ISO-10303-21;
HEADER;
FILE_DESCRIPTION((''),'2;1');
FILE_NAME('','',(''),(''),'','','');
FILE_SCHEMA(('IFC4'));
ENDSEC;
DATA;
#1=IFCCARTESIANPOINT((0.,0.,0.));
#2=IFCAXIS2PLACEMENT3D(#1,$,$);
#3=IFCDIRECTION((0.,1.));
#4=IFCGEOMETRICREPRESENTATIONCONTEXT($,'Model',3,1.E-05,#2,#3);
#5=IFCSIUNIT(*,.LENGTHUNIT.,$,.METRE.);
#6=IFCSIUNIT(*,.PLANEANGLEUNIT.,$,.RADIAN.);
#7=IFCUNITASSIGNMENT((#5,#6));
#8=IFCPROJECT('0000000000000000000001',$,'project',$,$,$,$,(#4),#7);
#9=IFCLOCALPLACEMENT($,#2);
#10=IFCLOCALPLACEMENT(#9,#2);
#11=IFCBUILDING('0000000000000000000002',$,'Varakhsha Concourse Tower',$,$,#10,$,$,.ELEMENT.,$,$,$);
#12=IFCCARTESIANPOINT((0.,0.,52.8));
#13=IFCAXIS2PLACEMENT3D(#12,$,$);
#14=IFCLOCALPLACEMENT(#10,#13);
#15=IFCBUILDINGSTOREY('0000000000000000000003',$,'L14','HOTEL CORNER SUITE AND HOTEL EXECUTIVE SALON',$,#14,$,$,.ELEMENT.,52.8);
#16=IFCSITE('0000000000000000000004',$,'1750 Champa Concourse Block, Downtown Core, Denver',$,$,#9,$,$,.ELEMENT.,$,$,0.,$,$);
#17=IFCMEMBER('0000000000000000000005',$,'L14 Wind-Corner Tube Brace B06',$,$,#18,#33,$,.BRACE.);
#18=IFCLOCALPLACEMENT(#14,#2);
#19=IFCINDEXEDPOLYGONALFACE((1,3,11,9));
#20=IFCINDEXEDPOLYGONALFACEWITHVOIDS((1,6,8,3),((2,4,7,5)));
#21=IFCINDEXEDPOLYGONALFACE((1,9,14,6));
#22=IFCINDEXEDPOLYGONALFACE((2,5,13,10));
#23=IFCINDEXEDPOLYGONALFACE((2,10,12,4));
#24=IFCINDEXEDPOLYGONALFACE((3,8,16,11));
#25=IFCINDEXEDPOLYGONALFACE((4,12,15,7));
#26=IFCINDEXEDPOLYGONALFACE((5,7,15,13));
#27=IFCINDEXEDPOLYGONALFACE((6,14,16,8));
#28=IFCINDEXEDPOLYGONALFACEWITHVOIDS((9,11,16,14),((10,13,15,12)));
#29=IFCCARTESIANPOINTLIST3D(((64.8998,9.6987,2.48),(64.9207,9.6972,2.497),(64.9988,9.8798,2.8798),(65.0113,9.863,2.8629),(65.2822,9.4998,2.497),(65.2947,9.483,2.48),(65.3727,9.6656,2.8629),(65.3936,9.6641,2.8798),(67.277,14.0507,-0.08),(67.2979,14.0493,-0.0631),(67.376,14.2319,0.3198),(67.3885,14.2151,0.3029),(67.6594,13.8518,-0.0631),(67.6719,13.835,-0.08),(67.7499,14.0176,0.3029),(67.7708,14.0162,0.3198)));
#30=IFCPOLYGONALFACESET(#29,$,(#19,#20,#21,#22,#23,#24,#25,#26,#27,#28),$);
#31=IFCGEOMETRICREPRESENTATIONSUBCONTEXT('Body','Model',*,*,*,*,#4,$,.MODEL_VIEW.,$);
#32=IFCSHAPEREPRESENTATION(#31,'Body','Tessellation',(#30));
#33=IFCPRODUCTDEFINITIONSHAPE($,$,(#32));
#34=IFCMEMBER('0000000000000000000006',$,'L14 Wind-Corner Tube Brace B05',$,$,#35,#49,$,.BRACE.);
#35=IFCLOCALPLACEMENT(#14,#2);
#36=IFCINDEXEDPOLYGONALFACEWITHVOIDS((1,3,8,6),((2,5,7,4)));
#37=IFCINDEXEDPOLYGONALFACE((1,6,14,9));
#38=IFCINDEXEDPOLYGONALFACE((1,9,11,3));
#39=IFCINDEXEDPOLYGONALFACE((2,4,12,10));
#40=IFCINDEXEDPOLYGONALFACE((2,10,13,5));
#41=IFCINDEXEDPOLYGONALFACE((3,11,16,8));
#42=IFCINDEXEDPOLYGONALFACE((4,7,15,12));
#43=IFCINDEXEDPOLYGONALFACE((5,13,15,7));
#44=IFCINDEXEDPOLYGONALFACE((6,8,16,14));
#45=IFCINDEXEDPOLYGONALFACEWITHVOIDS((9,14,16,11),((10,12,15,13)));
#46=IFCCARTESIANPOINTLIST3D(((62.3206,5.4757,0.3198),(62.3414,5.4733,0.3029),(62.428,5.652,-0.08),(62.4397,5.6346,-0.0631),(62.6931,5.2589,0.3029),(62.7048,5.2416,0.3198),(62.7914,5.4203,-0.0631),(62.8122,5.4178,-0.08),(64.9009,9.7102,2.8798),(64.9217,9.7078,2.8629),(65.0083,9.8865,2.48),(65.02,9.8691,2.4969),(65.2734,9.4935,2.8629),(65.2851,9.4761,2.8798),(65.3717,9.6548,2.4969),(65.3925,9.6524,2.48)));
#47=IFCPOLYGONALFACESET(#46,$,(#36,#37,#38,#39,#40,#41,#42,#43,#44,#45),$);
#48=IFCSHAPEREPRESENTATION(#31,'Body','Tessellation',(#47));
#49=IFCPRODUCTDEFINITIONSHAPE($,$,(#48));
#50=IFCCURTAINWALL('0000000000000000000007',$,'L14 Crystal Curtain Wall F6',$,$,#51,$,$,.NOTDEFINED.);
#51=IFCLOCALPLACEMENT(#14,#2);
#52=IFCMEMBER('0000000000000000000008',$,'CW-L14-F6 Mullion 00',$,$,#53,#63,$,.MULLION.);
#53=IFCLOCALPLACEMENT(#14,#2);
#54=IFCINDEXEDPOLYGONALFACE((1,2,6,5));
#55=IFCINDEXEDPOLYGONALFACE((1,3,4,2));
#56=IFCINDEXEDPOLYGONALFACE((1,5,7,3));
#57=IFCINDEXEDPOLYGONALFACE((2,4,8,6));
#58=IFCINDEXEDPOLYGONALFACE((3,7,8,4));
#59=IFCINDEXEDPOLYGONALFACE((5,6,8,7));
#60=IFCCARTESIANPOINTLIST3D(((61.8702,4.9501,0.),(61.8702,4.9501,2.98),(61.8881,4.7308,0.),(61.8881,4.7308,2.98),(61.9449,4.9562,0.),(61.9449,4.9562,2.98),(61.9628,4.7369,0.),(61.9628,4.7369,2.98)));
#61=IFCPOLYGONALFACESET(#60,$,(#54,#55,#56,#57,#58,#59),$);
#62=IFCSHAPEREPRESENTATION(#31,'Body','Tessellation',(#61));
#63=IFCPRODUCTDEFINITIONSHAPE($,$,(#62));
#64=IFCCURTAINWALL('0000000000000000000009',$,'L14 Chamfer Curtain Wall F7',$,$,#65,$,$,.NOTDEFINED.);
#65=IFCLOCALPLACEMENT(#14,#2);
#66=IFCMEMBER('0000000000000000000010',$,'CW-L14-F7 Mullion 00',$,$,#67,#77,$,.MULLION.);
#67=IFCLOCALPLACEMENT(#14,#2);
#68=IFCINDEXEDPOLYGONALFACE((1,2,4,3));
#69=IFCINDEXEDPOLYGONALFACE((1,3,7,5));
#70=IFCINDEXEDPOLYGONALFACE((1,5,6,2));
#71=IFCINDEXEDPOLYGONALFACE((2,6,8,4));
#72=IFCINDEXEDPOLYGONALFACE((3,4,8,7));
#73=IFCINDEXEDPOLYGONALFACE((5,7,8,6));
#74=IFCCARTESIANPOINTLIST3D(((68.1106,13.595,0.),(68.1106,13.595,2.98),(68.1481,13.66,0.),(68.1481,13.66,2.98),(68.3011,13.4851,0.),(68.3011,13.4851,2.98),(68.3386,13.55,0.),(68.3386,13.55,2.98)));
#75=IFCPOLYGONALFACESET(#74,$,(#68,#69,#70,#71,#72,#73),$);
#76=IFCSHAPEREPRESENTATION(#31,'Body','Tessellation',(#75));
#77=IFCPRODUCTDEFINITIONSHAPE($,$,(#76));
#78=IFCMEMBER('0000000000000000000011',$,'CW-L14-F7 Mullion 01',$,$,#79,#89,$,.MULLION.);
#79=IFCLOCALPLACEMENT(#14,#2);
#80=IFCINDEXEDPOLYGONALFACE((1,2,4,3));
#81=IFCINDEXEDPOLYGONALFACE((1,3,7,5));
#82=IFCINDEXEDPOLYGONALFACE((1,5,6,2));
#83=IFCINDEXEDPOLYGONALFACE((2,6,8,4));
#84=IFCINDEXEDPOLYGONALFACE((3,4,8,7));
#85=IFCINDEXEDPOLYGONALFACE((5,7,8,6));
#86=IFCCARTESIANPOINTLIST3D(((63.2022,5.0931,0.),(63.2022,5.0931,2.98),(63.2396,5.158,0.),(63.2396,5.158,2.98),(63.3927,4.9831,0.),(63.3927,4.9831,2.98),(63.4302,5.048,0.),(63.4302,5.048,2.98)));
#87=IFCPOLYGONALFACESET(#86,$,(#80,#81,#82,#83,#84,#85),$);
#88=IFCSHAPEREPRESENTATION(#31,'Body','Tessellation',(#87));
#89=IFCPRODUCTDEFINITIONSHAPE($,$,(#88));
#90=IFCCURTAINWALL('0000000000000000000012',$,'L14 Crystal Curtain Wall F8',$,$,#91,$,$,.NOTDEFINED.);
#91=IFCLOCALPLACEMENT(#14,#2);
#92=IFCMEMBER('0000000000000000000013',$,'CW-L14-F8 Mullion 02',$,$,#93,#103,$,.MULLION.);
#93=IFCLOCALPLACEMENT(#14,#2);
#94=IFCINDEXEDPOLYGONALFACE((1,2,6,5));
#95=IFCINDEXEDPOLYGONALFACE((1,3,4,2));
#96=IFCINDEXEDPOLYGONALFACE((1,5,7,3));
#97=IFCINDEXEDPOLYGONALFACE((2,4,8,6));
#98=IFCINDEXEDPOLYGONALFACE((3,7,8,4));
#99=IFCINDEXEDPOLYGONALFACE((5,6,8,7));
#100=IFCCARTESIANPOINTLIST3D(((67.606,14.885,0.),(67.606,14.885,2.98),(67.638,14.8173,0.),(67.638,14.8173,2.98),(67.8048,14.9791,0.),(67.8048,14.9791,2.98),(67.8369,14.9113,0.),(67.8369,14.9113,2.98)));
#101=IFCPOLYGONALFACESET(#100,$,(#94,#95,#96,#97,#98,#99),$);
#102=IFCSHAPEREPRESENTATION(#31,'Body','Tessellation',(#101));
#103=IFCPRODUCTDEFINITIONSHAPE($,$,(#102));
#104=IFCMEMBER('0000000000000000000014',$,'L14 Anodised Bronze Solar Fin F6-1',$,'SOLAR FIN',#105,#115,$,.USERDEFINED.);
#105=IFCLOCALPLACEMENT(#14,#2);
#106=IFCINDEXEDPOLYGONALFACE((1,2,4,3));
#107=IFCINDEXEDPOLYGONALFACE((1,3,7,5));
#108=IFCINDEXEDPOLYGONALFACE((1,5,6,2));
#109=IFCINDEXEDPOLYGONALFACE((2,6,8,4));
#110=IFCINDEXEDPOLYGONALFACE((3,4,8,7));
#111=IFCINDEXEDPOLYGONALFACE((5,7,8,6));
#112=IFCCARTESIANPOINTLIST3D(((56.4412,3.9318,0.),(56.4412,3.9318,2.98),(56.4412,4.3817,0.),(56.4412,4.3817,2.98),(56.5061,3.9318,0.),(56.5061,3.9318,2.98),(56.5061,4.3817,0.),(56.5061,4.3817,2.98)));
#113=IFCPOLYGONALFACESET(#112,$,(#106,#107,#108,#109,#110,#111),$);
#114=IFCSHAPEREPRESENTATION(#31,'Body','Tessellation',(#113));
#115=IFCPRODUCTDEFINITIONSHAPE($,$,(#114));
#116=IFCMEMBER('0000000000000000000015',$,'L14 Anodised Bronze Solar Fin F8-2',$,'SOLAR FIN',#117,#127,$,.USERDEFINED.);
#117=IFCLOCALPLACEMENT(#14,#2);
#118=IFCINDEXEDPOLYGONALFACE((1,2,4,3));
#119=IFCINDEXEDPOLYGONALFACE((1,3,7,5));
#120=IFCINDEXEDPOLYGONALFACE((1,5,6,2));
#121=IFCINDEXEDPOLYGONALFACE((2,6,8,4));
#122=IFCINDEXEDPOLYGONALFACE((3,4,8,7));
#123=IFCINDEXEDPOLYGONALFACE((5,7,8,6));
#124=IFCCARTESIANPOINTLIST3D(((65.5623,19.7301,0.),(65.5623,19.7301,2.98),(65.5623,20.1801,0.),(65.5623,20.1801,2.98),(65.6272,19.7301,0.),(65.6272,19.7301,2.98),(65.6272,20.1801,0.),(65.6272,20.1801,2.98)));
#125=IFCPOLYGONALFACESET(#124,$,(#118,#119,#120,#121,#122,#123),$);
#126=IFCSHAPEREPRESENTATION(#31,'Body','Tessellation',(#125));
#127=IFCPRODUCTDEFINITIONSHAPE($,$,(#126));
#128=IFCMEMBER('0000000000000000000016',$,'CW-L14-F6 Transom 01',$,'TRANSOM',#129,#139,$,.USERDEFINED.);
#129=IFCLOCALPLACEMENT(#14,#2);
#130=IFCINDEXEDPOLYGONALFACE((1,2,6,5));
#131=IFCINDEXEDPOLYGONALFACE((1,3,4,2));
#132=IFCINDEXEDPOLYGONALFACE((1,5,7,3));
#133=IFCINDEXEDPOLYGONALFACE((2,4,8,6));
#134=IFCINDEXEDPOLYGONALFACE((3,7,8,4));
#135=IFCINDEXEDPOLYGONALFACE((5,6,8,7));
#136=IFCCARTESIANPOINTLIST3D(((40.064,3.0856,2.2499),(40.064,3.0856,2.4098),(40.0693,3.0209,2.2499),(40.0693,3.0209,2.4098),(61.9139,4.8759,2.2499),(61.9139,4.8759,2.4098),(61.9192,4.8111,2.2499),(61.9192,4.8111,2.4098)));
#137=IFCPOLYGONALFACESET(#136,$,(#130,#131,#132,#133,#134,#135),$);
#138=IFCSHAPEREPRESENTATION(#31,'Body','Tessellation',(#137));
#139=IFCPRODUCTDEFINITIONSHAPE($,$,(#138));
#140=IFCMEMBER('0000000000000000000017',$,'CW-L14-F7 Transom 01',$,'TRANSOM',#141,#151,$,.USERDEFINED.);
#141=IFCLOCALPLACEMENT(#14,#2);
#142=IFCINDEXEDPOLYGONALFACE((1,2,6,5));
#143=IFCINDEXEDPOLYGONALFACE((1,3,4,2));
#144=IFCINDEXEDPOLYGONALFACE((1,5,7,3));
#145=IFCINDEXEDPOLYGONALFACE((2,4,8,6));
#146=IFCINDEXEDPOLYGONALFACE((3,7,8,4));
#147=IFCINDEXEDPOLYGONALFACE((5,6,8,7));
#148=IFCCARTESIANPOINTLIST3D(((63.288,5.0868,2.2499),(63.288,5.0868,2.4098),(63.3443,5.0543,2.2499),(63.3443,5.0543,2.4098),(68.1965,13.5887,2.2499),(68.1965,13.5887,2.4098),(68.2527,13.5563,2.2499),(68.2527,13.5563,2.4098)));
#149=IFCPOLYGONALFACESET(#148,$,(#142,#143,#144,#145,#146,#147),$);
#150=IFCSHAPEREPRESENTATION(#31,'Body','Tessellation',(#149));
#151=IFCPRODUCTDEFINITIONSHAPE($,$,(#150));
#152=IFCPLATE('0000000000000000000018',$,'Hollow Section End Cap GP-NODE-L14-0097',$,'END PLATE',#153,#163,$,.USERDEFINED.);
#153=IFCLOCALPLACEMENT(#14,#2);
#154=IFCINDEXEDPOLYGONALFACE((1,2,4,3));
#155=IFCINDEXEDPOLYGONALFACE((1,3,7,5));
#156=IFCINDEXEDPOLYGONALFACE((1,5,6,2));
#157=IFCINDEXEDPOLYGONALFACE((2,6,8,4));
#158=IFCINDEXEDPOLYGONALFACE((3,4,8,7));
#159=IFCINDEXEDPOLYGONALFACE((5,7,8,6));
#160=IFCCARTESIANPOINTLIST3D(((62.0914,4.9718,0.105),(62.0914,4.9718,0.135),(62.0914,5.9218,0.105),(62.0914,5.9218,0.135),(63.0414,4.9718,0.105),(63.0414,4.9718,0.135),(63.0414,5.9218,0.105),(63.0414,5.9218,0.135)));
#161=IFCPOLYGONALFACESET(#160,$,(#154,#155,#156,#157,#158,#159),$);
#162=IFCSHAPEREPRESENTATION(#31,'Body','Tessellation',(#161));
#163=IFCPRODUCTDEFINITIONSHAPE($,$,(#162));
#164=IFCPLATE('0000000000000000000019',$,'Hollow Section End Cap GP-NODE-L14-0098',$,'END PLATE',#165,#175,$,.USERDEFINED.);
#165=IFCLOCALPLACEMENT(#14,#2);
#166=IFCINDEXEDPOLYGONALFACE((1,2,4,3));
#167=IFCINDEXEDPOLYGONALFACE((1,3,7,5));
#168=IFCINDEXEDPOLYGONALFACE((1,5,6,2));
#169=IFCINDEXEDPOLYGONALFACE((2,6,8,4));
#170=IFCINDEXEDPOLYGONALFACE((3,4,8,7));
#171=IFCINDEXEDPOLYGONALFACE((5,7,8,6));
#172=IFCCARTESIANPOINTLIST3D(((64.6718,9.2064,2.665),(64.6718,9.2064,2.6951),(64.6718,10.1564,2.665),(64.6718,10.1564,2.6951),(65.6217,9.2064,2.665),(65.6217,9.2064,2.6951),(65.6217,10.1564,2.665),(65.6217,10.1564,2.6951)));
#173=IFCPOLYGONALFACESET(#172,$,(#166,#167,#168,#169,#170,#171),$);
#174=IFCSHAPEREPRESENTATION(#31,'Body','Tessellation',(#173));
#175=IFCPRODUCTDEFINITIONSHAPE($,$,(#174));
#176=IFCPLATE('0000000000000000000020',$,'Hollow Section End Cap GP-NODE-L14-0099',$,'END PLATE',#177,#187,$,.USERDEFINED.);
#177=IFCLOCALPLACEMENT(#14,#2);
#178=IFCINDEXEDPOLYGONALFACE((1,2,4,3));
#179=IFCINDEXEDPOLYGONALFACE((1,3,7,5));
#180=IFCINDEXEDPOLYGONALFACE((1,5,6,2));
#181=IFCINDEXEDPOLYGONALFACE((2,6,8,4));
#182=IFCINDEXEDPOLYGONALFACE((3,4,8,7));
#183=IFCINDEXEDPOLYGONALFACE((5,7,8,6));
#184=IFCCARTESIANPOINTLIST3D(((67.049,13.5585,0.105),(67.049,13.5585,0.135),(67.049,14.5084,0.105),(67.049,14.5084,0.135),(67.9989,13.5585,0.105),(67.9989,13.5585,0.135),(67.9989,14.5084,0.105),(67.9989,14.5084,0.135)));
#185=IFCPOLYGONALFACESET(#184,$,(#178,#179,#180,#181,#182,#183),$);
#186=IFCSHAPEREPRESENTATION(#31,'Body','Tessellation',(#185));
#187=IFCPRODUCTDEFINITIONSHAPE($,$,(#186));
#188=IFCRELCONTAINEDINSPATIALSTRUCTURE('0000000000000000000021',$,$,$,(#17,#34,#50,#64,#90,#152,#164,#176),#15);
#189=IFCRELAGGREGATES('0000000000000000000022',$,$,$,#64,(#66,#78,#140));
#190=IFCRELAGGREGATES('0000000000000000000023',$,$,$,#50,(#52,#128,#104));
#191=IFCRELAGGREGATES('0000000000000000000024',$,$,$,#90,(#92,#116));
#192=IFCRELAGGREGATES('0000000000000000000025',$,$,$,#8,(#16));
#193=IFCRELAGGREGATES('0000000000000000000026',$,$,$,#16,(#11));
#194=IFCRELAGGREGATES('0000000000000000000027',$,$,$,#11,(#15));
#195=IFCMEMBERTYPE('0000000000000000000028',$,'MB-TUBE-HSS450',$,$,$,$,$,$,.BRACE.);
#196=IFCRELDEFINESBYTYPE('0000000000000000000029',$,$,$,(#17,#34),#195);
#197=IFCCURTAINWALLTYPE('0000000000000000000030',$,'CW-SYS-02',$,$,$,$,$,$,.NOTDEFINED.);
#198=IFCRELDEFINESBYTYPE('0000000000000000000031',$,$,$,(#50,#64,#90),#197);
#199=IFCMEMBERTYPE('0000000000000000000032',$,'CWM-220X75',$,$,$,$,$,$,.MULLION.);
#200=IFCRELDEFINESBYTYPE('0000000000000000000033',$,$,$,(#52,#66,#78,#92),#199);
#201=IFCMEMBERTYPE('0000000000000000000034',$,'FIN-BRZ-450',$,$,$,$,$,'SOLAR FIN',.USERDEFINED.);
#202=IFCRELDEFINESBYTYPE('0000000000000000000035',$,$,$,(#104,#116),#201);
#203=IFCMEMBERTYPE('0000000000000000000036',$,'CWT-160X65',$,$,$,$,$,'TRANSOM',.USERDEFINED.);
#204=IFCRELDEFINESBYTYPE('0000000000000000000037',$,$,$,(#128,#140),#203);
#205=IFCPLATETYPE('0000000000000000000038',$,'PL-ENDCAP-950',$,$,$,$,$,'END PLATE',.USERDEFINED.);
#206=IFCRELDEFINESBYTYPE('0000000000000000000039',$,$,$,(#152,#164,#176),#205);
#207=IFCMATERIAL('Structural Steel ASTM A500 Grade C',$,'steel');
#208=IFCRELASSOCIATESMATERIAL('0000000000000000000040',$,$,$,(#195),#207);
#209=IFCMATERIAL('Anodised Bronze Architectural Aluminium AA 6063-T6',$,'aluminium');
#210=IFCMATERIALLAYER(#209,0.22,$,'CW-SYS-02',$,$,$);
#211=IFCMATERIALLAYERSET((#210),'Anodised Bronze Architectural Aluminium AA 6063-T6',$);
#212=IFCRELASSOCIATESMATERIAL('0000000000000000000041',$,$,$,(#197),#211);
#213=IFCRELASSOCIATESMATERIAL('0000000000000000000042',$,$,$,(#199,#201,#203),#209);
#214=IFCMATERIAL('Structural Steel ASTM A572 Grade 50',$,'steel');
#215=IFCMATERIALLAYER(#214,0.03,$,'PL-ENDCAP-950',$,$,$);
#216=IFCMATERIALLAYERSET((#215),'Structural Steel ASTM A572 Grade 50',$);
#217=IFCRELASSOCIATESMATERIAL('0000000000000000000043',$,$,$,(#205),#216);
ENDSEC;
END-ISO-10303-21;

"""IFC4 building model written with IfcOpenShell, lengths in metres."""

from ifc_helpers import new_model, si_unit, direction, frame, origin, origin_2d, place, context, subcontext, project, spatial, rectangle, hollow_rectangle, extrude, source, transform, mapped, material, layer, layer_set, material_profile, profile_set, type_object, type_shapes, element, aggregate, save


model = new_model("IFC4")

# Units and contexts
model_context = context("Model", 3, precision=1e-05, world=origin(), true_north=direction((0.0, 1.0)))
body_context = subcontext(model_context, "Body", "Model", "MODEL_VIEW")
ifc_project = project(units=[si_unit("LENGTHUNIT", "METRE"), si_unit("PLANEANGLEUNIT", "RADIAN")], contexts=[model_context])

# Site, building, storey
site_placement = place(None, origin())
site = spatial("IfcSite", under=ifc_project, at=site_placement, Name="1750 Champa Concourse Block, Downtown Core, Denver", CompositionType="ELEMENT", RefElevation=0.0)
building_placement = place(site_placement, origin())
building = spatial("IfcBuilding", under=site, at=building_placement, Name="Varakhsha Concourse Tower", CompositionType="ELEMENT")
storey_placement = place(building_placement, frame((0.0, 0.0, 52.8)))
storey = spatial("IfcBuildingStorey", under=building, at=storey_placement, Name="L14", Description="HOTEL CORNER SUITE AND HOTEL EXECUTIVE SALON", CompositionType="ELEMENT", Elevation=52.8)

# Shared definitions
ifc_material_1 = material(Name="Structural Steel ASTM A572 Grade 50", Category="steel")

# Members
ifc_material_2 = material(Name="Structural Steel ASTM A500 Grade C", Category="steel")
ifc_material_profile_1 = material_profile(ifc_material_2, hollow_rectangle(XDim=0.45, YDim=0.45, WallThickness=0.019, at=origin_2d()), Name="HSS 450x450x19")
ifc_profile_set_1 = profile_set([ifc_material_profile_1], Name="Structural Steel ASTM A500 Grade C")
member_type_1 = type_object("IfcMemberType", Name="MB-TUBE-HSS450", PredefinedType="BRACE", material=ifc_profile_set_1)
shared_shape_1 = source(origin(), body_context, "Body", "SweptSolid", [
    extrude(hollow_rectangle(XDim=0.45, YDim=0.45, WallThickness=0.019, at=origin_2d()), origin(), (0.0, 0.0, 1.0), 5.5808),
])
member_1_placement = place(storey_placement, frame((67.5239, 14.0334, 0.1199), z_axis=(-0.42596, -0.779826, 0.458726), x_axis=(0.877611, -0.479373, 0.0)))
element("IfcMember", 1, at=member_1_placement, inside=storey, type_object=member_type_1, Name="L14 Wind-Corner Tube Brace B06", PredefinedType="BRACE", context=body_context, shape_type="MappedRepresentation", body=[
    mapped(shared_shape_1, transform((0.0, 0.0, 0.0), scale=1.0)),
])
shared_shape_2 = source(origin(), body_context, "Body", "SweptSolid", [
    extrude(hollow_rectangle(XDim=0.45, YDim=0.45, WallThickness=0.019, at=origin_2d()), origin(), (0.0, 0.0, 1.0), 5.5806),
])
type_shapes(member_type_1, [shared_shape_1, shared_shape_2])
member_2_placement = place(storey_placement, frame((62.5664, 5.4468, 0.1199), z_axis=(0.462367, 0.7588, 0.458736), x_axis=(-0.853954, 0.520348, 0.0)))
element("IfcMember", 2, at=member_2_placement, inside=storey, type_object=member_type_1, Name="L14 Wind-Corner Tube Brace B05", PredefinedType="BRACE", context=body_context, shape_type="MappedRepresentation", body=[
    mapped(shared_shape_2, transform((0.0, 0.0, 0.0), scale=1.0)),
])

# Curtain wall, member
ifc_material_3 = material(Name="Anodised Bronze Architectural Aluminium AA 6063-T6", Category="aluminium")
ifc_layer_1 = layer(ifc_material_3, 0.22, Name="CW-SYS-02")
ifc_layer_set_1 = layer_set([ifc_layer_1], Name="Anodised Bronze Architectural Aluminium AA 6063-T6")
curtain_wall_type = type_object("IfcCurtainWallType", Name="CW-SYS-02", PredefinedType="NOTDEFINED", material=ifc_layer_set_1)
curtain_wall_1_placement = place(storey_placement, origin())
curtain_wall_1 = element("IfcCurtainWall", 3, at=curtain_wall_1_placement, inside=storey, type_object=curtain_wall_type, Name="L14 Crystal Curtain Wall F6", PredefinedType="NOTDEFINED")
ifc_material_profile_2 = material_profile(ifc_material_3, rectangle(XDim=0.075, YDim=0.22, at=origin_2d()), Name="CWM-220X75")
ifc_profile_set_2 = profile_set([ifc_material_profile_2], Name="Anodised Bronze Architectural Aluminium AA 6063-T6")
member_type_2 = type_object("IfcMemberType", Name="CWM-220X75", PredefinedType="MULLION", material=ifc_profile_set_2)
shared_shape_3 = source(origin(), body_context, "Body", "SweptSolid", [
    extrude(rectangle(XDim=0.075, YDim=0.22, at=origin_2d()), origin(), (0.0, 0.0, 1.0), 2.98),
])
type_shapes(member_type_2, [shared_shape_3])
member_3_placement = place(storey_placement, frame((61.9165, 4.8435, 0.0), z_axis=(0.0, 0.0, 1.0), x_axis=(-0.99666, -0.081664, 0.0)))
member_3 = element("IfcMember", 4, at=member_3_placement, type_object=member_type_2, Name="CW-L14-F6 Mullion 00", PredefinedType="MULLION", context=body_context, shape_type="MappedRepresentation", body=[
    mapped(shared_shape_3, transform((0.0, 0.0, 0.0), scale=1.0)),
])

# Curtain wall, members
curtain_wall_2_placement = place(storey_placement, origin())
curtain_wall_2 = element("IfcCurtainWall", 5, at=curtain_wall_2_placement, inside=storey, type_object=curtain_wall_type, Name="L14 Chamfer Curtain Wall F7", PredefinedType="NOTDEFINED")
member_4_placement = place(storey_placement, frame((68.2246, 13.5725, 0.0), z_axis=(0.0, 0.0, 1.0), x_axis=(-0.499994, -0.866029, 0.0)))
member_4 = element("IfcMember", 6, at=member_4_placement, type_object=member_type_2, Name="CW-L14-F7 Mullion 00", PredefinedType="MULLION", context=body_context, shape_type="MappedRepresentation", body=[
    mapped(shared_shape_3, transform((0.0, 0.0, 0.0), scale=1.0)),
])
member_5_placement = place(storey_placement, frame((63.3162, 5.0706, 0.0), z_axis=(0.0, 0.0, 1.0), x_axis=(-0.499994, -0.866029, 0.0)))
member_5 = element("IfcMember", 7, at=member_5_placement, type_object=member_type_2, Name="CW-L14-F7 Mullion 01", PredefinedType="MULLION", context=body_context, shape_type="MappedRepresentation", body=[
    mapped(shared_shape_3, transform((0.0, 0.0, 0.0), scale=1.0)),
])

# Curtain wall, member
curtain_wall_3_placement = place(storey_placement, origin())
curtain_wall_3 = element("IfcCurtainWall", 8, at=curtain_wall_3_placement, inside=storey, type_object=curtain_wall_type, Name="L14 Crystal Curtain Wall F8", PredefinedType="NOTDEFINED")
member_6_placement = place(storey_placement, frame((67.7214, 14.8982, 0.0), z_axis=(0.0, 0.0, 1.0), x_axis=(0.427604, -0.903966, 0.0)))
member_6 = element("IfcMember", 9, at=member_6_placement, type_object=member_type_2, Name="CW-L14-F8 Mullion 02", PredefinedType="MULLION", context=body_context, shape_type="MappedRepresentation", body=[
    mapped(shared_shape_3, transform((0.0, 0.0, 0.0), scale=1.0)),
])

# Members
ifc_material_profile_3 = material_profile(ifc_material_3, rectangle(XDim=0.0649, YDim=0.45, at=origin_2d()), Name="FIN-BRZ-450")
ifc_profile_set_3 = profile_set([ifc_material_profile_3], Name="Anodised Bronze Architectural Aluminium AA 6063-T6")
member_type_3 = type_object("IfcMemberType", Name="FIN-BRZ-450", ElementType="SOLAR FIN", PredefinedType="USERDEFINED", material=ifc_profile_set_3)
shared_shape_4 = source(origin(), body_context, "Body", "SweptSolid", [
    extrude(rectangle(XDim=0.0649, YDim=0.45, at=origin_2d()), origin(), (0.0, 0.0, 1.0), 2.98),
])
type_shapes(member_type_3, [shared_shape_4])
member_7_placement = place(storey_placement, frame((56.4736, 4.1567, 0.0), z_axis=(0.0, 0.0, 1.0), x_axis=(1.0, 0.0, 0.0)))
member_7 = element("IfcMember", 10, at=member_7_placement, type_object=member_type_3, Name="L14 Anodised Bronze Solar Fin F6-1", ObjectType="SOLAR FIN", PredefinedType="USERDEFINED", context=body_context, shape_type="MappedRepresentation", body=[
    mapped(shared_shape_4, transform((0.0, 0.0, 0.0), scale=1.0)),
])
member_8_placement = place(storey_placement, frame((65.5947, 19.9551, 0.0), z_axis=(0.0, 0.0, 1.0), x_axis=(1.0, 0.0, 0.0)))
member_8 = element("IfcMember", 11, at=member_8_placement, type_object=member_type_3, Name="L14 Anodised Bronze Solar Fin F8-2", ObjectType="SOLAR FIN", PredefinedType="USERDEFINED", context=body_context, shape_type="MappedRepresentation", body=[
    mapped(shared_shape_4, transform((0.0, 0.0, 0.0), scale=1.0)),
])
ifc_material_profile_4 = material_profile(ifc_material_3, rectangle(XDim=0.0649, YDim=0.1599, at=origin_2d()), Name="CWT-160X65")
ifc_profile_set_4 = profile_set([ifc_material_profile_4], Name="Anodised Bronze Architectural Aluminium AA 6063-T6")
member_type_4 = type_object("IfcMemberType", Name="CWT-160X65", ElementType="TRANSOM", PredefinedType="USERDEFINED", material=ifc_profile_set_4)
shared_shape_5 = source(origin(), body_context, "Body", "SweptSolid", [
    extrude(rectangle(XDim=0.0649, YDim=0.1599, at=origin_2d()), origin(), (0.0, 0.0, 1.0), 21.9231),
])
member_9_placement = place(storey_placement, frame((61.9165, 4.8435, 2.3298), z_axis=(-0.99666, -0.081662, 0.0), x_axis=(0.081662, -0.99666, 0.0)))
member_9 = element("IfcMember", 12, at=member_9_placement, type_object=member_type_4, Name="CW-L14-F6 Transom 01", ObjectType="TRANSOM", PredefinedType="USERDEFINED", context=body_context, shape_type="MappedRepresentation", body=[
    mapped(shared_shape_5, transform((0.0, 0.0, 0.0), scale=1.0)),
])
shared_shape_6 = source(origin(), body_context, "Body", "SweptSolid", [
    extrude(rectangle(XDim=0.0649, YDim=0.1599, at=origin_2d()), origin(), (0.0, 0.0, 1.0), 9.8171),
])
type_shapes(member_type_4, [shared_shape_5, shared_shape_6])
member_10_placement = place(storey_placement, frame((68.2246, 13.5725, 2.3298), z_axis=(-0.499988, -0.866032, 0.0), x_axis=(0.866032, -0.499988, 0.0)))
member_10 = element("IfcMember", 13, at=member_10_placement, type_object=member_type_4, Name="CW-L14-F7 Transom 01", ObjectType="TRANSOM", PredefinedType="USERDEFINED", context=body_context, shape_type="MappedRepresentation", body=[
    mapped(shared_shape_6, transform((0.0, 0.0, 0.0), scale=1.0)),
])

# Plates
ifc_layer_2 = layer(ifc_material_1, 0.03, Name="PL-ENDCAP-950")
ifc_layer_set_2 = layer_set([ifc_layer_2], Name="Structural Steel ASTM A572 Grade 50")
plate_type_1 = type_object("IfcPlateType", Name="PL-ENDCAP-950", ElementType="END PLATE", PredefinedType="USERDEFINED", material=ifc_layer_set_2)
shared_shape_7 = source(origin(), body_context, "Body", "SweptSolid", [
    extrude(rectangle(XDim=0.95, YDim=0.95, at=origin_2d()), origin(), (0.0, 0.0, 1.0), 0.03),
])
type_shapes(plate_type_1, [shared_shape_7])
for number, where, z_axis, x_axis, name in (
    (14, (62.5664, 5.4468, 0.105), (0.0, 0.0, 1.0), (1.0, 0.0, 0.0), "Hollow Section End Cap GP-NODE-L14-0097"),
    (15, (65.1467, 9.6814, 2.665), (0.0, 0.0, 1.0), (1.0, 0.0, 0.0), "Hollow Section End Cap GP-NODE-L14-0098"),
    (16, (67.5239, 14.0334, 0.105), (0.0, 0.0, 1.0), (1.0, 0.0, 0.0), "Hollow Section End Cap GP-NODE-L14-0099"),
):
    element("IfcPlate", number, at=place(storey_placement, frame(where, z_axis=z_axis, x_axis=x_axis)), inside=storey, type_object=plate_type_1, Name=name, ObjectType="END PLATE", PredefinedType="USERDEFINED", context=body_context, shape_type="MappedRepresentation", body=[
        mapped(shared_shape_7, transform((0.0, 0.0, 0.0), scale=1.0)),
    ])

aggregate(curtain_wall_2, [member_4, member_5, member_10])
aggregate(curtain_wall_1, [member_3, member_9, member_7])
aggregate(curtain_wall_3, [member_6, member_8])

save(model, "model.ifc")
